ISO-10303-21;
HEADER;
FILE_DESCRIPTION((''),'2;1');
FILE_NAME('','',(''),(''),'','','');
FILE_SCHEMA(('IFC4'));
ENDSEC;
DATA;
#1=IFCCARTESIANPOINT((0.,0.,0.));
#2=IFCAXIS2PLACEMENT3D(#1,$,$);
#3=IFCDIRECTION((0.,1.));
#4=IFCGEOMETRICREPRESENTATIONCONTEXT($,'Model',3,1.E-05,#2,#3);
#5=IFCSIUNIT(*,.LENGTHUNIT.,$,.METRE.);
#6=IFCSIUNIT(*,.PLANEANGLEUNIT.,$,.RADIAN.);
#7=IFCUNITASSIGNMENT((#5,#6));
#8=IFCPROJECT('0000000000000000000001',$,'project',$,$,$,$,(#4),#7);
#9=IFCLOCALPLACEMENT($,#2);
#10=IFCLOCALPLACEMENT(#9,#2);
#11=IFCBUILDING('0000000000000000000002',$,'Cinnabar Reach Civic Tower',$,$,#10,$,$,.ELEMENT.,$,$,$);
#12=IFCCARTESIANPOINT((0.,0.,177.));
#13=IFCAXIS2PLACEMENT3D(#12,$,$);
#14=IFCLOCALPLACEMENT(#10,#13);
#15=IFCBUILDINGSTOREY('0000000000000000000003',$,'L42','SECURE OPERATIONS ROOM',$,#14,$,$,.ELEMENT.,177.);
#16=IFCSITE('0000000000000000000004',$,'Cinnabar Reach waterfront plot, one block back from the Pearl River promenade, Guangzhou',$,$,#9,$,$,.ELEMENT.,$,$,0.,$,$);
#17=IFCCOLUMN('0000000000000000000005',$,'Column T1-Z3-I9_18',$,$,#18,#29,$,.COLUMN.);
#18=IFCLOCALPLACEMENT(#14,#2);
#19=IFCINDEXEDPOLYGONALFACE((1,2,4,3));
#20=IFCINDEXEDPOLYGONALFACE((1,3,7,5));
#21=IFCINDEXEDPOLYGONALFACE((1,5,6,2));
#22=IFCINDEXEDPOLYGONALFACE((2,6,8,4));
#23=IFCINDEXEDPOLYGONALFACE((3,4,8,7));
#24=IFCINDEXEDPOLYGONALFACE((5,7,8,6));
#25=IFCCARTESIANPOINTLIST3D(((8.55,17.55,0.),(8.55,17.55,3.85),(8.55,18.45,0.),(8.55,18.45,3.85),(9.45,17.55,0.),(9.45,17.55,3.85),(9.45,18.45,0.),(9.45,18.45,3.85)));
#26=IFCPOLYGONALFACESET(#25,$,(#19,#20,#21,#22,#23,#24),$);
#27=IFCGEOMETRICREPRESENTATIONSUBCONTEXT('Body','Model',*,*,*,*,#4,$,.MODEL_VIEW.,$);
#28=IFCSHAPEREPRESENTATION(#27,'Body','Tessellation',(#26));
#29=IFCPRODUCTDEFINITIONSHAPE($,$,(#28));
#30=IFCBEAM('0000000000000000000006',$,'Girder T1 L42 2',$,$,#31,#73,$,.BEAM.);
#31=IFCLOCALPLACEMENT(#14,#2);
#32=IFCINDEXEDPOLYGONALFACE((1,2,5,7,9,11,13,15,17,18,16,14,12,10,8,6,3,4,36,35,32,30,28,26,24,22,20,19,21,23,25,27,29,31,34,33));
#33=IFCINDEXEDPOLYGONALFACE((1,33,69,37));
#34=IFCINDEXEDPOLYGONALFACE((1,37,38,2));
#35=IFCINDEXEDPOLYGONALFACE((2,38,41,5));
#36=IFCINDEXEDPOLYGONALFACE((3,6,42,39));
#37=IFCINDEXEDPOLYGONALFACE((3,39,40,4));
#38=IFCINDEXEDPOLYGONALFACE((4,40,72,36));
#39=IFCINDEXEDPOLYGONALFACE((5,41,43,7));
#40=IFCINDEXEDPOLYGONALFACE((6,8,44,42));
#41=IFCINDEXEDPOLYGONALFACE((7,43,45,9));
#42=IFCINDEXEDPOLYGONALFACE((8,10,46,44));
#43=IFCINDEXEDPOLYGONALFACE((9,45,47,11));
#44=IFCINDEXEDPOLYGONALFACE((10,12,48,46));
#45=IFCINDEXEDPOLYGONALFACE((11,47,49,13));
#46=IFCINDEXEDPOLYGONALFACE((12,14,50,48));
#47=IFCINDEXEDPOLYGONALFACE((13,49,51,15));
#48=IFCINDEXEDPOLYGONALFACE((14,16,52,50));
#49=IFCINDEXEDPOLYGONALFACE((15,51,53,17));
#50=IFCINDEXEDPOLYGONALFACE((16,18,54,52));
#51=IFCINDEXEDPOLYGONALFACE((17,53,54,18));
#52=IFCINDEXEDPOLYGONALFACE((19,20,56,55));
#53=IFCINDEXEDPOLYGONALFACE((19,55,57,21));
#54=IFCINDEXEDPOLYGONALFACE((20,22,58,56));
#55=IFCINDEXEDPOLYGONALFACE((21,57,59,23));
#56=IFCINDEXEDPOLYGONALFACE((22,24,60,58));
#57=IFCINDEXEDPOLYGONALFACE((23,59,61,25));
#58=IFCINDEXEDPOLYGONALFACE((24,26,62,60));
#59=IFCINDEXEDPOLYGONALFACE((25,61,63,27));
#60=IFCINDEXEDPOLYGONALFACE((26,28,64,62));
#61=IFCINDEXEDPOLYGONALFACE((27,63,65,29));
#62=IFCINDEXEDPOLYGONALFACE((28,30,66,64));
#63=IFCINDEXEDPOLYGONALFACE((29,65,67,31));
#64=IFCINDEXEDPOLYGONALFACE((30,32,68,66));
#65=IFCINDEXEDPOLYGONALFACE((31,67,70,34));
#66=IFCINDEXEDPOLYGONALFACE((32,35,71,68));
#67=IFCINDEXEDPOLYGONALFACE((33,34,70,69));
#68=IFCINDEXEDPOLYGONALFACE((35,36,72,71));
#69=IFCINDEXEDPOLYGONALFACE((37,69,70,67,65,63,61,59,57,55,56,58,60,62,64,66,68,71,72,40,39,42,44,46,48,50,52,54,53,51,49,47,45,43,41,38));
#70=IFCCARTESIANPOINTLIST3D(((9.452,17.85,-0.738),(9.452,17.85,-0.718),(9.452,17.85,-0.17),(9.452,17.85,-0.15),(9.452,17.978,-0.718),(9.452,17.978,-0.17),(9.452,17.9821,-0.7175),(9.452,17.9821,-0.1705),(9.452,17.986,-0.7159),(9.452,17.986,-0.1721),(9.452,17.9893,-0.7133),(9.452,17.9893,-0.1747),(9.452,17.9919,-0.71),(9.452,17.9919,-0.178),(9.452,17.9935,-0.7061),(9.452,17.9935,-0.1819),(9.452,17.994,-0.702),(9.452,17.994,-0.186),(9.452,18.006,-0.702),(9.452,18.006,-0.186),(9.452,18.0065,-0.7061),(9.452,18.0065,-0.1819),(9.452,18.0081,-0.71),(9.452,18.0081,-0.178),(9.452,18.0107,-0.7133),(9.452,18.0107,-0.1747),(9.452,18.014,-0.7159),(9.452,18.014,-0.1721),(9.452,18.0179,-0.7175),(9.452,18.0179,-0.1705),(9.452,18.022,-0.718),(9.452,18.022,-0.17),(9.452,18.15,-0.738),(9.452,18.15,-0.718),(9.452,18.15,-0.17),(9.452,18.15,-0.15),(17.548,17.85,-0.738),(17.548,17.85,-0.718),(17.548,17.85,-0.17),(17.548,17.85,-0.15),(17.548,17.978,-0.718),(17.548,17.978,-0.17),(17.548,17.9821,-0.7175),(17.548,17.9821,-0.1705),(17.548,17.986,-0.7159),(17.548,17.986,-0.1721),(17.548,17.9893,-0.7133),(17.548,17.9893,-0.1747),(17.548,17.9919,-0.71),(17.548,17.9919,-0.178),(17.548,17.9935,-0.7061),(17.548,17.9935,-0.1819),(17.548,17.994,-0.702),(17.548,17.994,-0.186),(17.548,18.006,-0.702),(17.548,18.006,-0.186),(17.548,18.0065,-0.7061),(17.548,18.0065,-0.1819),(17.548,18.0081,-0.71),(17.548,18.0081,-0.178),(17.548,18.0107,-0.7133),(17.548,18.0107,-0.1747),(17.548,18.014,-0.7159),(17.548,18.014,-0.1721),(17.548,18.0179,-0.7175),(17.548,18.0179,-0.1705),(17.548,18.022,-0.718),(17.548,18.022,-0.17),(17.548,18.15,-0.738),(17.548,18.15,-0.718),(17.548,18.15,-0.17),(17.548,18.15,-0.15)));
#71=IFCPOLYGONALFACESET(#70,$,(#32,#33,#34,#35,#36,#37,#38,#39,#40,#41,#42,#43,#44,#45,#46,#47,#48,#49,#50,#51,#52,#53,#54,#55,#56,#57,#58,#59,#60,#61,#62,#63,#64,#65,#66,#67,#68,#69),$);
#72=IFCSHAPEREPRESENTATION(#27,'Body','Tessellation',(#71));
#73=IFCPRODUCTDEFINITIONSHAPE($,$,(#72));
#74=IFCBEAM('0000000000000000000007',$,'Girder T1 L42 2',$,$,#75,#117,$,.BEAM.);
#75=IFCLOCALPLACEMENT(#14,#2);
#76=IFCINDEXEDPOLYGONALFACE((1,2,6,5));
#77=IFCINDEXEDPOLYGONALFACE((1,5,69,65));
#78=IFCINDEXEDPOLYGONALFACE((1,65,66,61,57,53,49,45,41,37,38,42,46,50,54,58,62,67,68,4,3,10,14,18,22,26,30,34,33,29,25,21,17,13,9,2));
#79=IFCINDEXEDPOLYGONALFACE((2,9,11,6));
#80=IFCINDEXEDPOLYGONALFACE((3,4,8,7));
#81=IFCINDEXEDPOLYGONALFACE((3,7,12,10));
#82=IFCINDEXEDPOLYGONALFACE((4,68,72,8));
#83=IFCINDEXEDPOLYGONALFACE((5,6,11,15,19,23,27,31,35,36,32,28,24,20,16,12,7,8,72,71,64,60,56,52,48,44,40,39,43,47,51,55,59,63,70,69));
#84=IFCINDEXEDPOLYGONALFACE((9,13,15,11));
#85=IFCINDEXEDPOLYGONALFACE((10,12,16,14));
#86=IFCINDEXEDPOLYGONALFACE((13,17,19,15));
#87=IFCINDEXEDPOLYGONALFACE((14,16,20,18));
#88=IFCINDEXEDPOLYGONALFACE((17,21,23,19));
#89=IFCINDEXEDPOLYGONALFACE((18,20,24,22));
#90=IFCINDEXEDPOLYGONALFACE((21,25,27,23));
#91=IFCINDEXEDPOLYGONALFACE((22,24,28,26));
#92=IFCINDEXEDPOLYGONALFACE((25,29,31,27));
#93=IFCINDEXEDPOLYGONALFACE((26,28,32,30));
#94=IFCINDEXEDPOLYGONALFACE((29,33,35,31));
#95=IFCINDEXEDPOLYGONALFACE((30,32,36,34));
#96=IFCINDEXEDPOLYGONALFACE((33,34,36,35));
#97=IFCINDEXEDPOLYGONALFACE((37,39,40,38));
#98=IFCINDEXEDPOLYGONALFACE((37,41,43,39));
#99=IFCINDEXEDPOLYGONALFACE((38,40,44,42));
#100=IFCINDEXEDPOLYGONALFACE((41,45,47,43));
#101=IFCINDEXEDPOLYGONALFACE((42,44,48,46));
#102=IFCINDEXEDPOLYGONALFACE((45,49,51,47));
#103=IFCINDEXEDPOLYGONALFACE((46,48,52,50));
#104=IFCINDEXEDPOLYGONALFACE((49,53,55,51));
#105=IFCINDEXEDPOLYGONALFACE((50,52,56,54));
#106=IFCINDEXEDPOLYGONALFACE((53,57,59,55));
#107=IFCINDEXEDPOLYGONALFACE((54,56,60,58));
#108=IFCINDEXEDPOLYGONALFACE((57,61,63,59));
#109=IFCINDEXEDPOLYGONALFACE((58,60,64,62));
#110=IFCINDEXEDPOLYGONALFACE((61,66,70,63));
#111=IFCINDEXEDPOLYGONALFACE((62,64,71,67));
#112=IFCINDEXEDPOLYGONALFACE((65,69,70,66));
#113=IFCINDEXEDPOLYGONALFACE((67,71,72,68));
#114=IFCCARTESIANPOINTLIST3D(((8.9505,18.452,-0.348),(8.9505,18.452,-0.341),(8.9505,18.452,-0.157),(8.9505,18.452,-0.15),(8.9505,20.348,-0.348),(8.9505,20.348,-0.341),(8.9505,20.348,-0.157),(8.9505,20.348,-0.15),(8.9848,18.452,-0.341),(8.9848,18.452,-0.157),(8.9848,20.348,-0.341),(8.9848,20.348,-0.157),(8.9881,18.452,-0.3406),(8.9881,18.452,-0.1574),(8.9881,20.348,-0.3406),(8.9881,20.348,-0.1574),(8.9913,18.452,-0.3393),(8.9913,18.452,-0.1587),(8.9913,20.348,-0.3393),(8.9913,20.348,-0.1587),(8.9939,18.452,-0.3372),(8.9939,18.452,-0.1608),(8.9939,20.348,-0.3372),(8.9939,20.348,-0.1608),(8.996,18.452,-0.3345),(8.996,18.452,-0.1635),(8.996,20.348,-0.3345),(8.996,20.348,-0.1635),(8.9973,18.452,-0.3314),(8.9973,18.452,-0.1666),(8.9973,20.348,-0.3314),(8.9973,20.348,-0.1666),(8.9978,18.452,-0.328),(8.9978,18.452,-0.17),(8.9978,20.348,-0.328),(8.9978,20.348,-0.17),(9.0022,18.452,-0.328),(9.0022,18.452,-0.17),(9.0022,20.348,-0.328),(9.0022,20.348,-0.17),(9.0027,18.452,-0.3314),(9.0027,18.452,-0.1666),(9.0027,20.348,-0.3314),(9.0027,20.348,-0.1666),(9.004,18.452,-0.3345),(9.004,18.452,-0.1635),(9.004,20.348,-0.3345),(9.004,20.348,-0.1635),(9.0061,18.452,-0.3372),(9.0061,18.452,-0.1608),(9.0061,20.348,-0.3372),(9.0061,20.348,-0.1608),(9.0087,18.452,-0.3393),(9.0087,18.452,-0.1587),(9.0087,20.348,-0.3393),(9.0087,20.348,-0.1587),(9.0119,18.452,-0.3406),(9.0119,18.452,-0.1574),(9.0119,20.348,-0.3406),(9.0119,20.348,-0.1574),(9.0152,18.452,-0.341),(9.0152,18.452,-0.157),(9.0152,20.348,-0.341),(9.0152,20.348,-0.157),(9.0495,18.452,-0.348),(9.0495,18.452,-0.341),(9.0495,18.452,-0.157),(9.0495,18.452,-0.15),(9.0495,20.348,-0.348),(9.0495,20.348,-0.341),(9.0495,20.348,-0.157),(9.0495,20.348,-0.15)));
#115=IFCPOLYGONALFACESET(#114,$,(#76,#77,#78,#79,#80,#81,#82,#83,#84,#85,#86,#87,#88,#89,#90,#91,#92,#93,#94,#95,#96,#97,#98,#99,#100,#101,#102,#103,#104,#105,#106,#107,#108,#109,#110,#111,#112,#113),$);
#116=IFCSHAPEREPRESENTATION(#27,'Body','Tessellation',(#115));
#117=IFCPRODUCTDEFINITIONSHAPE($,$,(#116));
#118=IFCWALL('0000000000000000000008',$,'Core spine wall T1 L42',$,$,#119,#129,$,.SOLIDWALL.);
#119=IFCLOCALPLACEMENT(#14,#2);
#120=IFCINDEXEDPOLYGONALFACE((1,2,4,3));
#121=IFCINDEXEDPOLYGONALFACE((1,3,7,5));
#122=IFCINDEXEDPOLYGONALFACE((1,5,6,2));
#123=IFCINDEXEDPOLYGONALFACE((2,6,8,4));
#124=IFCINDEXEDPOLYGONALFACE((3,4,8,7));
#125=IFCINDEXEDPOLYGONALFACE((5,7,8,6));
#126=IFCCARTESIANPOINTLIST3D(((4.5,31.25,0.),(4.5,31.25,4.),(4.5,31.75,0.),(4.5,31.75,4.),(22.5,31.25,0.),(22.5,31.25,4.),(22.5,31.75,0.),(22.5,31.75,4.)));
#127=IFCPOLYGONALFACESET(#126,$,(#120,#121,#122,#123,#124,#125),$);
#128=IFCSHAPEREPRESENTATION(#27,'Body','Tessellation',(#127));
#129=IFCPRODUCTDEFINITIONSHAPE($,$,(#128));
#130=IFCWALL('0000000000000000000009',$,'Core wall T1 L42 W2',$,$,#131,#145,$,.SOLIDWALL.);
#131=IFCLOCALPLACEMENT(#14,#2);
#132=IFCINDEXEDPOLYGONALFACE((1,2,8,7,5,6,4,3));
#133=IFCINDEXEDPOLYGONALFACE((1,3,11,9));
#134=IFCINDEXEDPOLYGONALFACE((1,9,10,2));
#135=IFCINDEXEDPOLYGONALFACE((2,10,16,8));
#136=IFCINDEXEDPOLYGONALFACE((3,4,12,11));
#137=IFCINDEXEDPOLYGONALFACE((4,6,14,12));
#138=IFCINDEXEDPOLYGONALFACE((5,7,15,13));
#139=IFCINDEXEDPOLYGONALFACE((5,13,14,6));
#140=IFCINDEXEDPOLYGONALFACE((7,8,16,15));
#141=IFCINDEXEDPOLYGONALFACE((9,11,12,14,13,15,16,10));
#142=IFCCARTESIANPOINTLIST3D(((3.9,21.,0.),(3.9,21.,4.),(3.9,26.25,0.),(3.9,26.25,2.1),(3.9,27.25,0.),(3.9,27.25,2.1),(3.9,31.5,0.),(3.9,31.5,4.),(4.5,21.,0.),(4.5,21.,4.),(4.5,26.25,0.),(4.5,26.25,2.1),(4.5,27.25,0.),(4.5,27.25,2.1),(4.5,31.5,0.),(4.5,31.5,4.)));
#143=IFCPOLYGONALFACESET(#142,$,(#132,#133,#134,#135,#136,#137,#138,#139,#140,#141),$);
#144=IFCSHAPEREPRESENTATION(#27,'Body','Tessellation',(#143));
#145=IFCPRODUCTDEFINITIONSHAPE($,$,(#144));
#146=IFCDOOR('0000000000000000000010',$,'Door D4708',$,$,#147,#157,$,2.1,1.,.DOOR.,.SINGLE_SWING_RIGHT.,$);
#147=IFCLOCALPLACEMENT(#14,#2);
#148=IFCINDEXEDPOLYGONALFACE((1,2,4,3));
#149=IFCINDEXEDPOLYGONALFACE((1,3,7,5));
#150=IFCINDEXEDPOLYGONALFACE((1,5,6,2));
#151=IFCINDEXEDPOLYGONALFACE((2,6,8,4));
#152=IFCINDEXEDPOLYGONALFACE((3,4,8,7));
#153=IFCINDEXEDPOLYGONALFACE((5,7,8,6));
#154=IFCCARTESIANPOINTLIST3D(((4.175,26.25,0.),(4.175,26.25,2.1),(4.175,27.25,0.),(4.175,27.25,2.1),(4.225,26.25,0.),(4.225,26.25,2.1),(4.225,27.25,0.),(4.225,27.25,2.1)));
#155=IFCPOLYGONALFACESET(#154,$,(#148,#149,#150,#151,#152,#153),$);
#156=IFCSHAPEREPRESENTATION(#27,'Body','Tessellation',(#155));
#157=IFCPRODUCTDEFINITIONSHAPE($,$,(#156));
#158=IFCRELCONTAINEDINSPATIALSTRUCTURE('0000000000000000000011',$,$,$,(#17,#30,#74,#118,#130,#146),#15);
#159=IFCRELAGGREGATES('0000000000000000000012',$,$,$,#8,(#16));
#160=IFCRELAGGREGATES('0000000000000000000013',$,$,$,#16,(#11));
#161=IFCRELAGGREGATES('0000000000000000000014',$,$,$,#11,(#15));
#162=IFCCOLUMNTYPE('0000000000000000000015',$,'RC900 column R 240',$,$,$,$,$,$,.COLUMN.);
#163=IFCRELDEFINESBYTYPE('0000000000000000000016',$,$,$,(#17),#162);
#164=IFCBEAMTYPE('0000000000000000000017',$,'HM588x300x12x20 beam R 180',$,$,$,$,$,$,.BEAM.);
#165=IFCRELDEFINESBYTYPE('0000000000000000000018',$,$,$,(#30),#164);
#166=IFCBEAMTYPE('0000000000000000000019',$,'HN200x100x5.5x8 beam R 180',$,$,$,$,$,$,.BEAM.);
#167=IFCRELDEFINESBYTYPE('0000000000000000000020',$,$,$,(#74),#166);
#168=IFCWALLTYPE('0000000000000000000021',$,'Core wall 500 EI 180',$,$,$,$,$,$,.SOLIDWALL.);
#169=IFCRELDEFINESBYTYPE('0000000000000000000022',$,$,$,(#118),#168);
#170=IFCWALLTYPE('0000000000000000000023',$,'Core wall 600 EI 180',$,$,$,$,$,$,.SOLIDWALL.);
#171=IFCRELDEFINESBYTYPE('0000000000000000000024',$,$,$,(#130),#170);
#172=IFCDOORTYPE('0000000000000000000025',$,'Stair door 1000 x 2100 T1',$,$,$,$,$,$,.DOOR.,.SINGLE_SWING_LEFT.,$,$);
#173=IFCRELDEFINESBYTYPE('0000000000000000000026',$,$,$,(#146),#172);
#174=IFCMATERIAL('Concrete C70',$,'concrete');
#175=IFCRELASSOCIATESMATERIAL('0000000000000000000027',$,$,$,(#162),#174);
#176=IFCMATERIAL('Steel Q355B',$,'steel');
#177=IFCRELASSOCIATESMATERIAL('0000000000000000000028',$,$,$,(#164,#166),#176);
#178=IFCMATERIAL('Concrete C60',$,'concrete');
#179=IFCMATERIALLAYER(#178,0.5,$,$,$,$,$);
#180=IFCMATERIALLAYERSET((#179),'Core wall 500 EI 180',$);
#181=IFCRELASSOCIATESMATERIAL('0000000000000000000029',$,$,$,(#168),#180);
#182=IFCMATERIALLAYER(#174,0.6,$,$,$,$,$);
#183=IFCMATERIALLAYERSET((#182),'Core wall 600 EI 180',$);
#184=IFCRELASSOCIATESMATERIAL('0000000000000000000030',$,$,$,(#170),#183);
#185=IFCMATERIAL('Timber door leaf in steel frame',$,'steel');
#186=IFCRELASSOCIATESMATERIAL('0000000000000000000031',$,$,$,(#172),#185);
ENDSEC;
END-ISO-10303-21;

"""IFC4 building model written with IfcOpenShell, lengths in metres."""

from ifc_helpers import new_model, si_unit, direction, frame, frame_2d, origin, origin_2d, place, context, subcontext, project, spatial, rectangle, i_section, extrude, material, layer, layer_set, material_profile, profile_set, type_object, element, fill, save


model = new_model("IFC4")

# Units and contexts
model_context = context("Model", 3, precision=1e-05, world=origin(), true_north=direction((0.0, 1.0)))
body_context = subcontext(model_context, "Body", "Model", "MODEL_VIEW")
ifc_project = project(units=[si_unit("LENGTHUNIT", "METRE"), si_unit("PLANEANGLEUNIT", "RADIAN")], contexts=[model_context])

# Site, building, storey
site_placement = place(None, origin())
site = spatial("IfcSite", under=ifc_project, at=site_placement, Name="Cinnabar Reach waterfront plot, one block back from the Pearl River promenade, Guangzhou", CompositionType="ELEMENT", RefElevation=0.0)
building_placement = place(site_placement, origin())
building = spatial("IfcBuilding", under=site, at=building_placement, Name="Cinnabar Reach Civic Tower", CompositionType="ELEMENT")
storey_placement = place(building_placement, frame((0.0, 0.0, 177.0)))
storey = spatial("IfcBuildingStorey", under=building, at=storey_placement, Name="L42", Description="SECURE OPERATIONS ROOM", CompositionType="ELEMENT", Elevation=177.0)

# Column
ifc_material_1 = material(Name="Concrete C70", Category="concrete")
ifc_material_profile_1 = material_profile(ifc_material_1, rectangle(XDim=0.9, YDim=0.9, at=origin_2d()), Name="RC900")
ifc_profile_set_1 = profile_set([ifc_material_profile_1], Name="Concrete C70")
column_type = type_object("IfcColumnType", Name="RC900 column R 240", PredefinedType="COLUMN", material=ifc_profile_set_1)
column_placement = place(storey_placement, frame((9.0, 18.0, 0.0), z_axis=(0.0, 0.0, 1.0), x_axis=(1.0, 0.0, 0.0)))
element("IfcColumn", 1, at=column_placement, inside=storey, type_object=column_type, Name="Column T1-Z3-I9_18", PredefinedType="COLUMN", context=body_context, shape_type="SweptSolid", body=[
    extrude(rectangle(XDim=0.9, YDim=0.9, at=origin_2d()), origin(), (0.0, 0.0, 1.0), 3.85),
])

# Beams
ifc_material_2 = material(Name="Steel Q355B", Category="steel")
ifc_material_profile_2 = material_profile(ifc_material_2, i_section(OverallWidth=0.3, OverallDepth=0.588, WebThickness=0.012, FlangeThickness=0.02, FilletRadius=0.016, at=origin_2d()), Name="HM588x300x12x20")
ifc_profile_set_2 = profile_set([ifc_material_profile_2], Name="Steel Q355B")
beam_type_1 = type_object("IfcBeamType", Name="HM588x300x12x20 beam R 180", PredefinedType="BEAM", material=ifc_profile_set_2)
beam_1_placement = place(storey_placement, frame((9.452, 18.0, -0.444), z_axis=(1.0, 0.0, 0.0), x_axis=(0.0, 1.0, 0.0)))
element("IfcBeam", 2, at=beam_1_placement, inside=storey, type_object=beam_type_1, Name="Girder T1 L42 2", PredefinedType="BEAM", context=body_context, shape_type="SweptSolid", body=[
    extrude(i_section(OverallWidth=0.3, OverallDepth=0.588, WebThickness=0.012, FlangeThickness=0.02, FilletRadius=0.016, at=origin_2d()), origin(), (0.0, 0.0, 1.0), 8.096),
])
ifc_material_profile_3 = material_profile(ifc_material_2, i_section(OverallWidth=0.099, OverallDepth=0.198, WebThickness=0.0045, FlangeThickness=0.007, FilletRadius=0.013, at=origin_2d()), Name="HN200x100x5.5x8")
ifc_profile_set_3 = profile_set([ifc_material_profile_3], Name="Steel Q355B")
beam_type_2 = type_object("IfcBeamType", Name="HN200x100x5.5x8 beam R 180", PredefinedType="BEAM", material=ifc_profile_set_3)
beam_2_placement = place(storey_placement, frame((9.0, 18.452, -0.249), z_axis=(0.0, 1.0, 0.0), x_axis=(-1.0, 0.0, 0.0)))
element("IfcBeam", 3, at=beam_2_placement, inside=storey, type_object=beam_type_2, Name="Girder T1 L42 2", PredefinedType="BEAM", context=body_context, shape_type="SweptSolid", body=[
    extrude(i_section(OverallWidth=0.099, OverallDepth=0.198, WebThickness=0.0045, FlangeThickness=0.007, FilletRadius=0.013, at=origin_2d()), origin(), (0.0, 0.0, 1.0), 1.896),
])

# Wall
ifc_material_3 = material(Name="Concrete C60", Category="concrete")
ifc_layer_1 = layer(ifc_material_3, 0.5)
ifc_layer_set_1 = layer_set([ifc_layer_1], Name="Core wall 500 EI 180")
wall_type_1 = type_object("IfcWallType", Name="Core wall 500 EI 180", PredefinedType="SOLIDWALL", material=ifc_layer_set_1)
wall_1_placement = place(storey_placement, frame((4.5, 31.5, 0.0), z_axis=(0.0, 0.0, 1.0), x_axis=(1.0, 0.0, 0.0)))
element("IfcWall", 4, at=wall_1_placement, inside=storey, type_object=wall_type_1, Name="Core spine wall T1 L42", PredefinedType="SOLIDWALL", context=body_context, shape_type="SweptSolid", body=[
    extrude(rectangle(XDim=18.0, YDim=0.5, at=frame_2d((9.0, 0.0))), origin(), (0.0, 0.0, 1.0), 4.0),
])

# Wall, opening, door
ifc_layer_2 = layer(ifc_material_1, 0.6)
ifc_layer_set_2 = layer_set([ifc_layer_2], Name="Core wall 600 EI 180")
wall_type_2 = type_object("IfcWallType", Name="Core wall 600 EI 180", PredefinedType="SOLIDWALL", material=ifc_layer_set_2)
wall_2_placement = place(storey_placement, frame((4.2, 31.5, 0.0), z_axis=(0.0, 0.0, 1.0), x_axis=(0.0, -1.0, 0.0)))
wall_2 = element("IfcWall", 5, at=wall_2_placement, inside=storey, type_object=wall_type_2, Name="Core wall T1 L42 W2", PredefinedType="SOLIDWALL", context=body_context, shape_type="SweptSolid", body=[
    extrude(rectangle(XDim=10.5, YDim=0.6, at=frame_2d((5.25, 0.0))), origin(), (0.0, 0.0, 1.0), 4.0),
])
opening_1_placement = place(wall_2_placement, frame((4.25, 0.0, 0.0)))
opening_1 = element("IfcOpeningElement", 6, at=opening_1_placement, cuts=wall_2, PredefinedType="OPENING", context=body_context, shape_type="SweptSolid", body=[
    extrude(rectangle(XDim=1.0, YDim=2.1, at=frame_2d((0.5, 1.05))), frame((0.0, 0.31, 0.0), z_axis=(0.0, -1.0, 0.0), x_axis=(1.0, 0.0, 0.0)), (0.0, 0.0, 1.0), 0.62),
])
ifc_material_4 = material(Name="Timber door leaf in steel frame", Category="steel")
door_type_1 = type_object("IfcDoorType", Name="Stair door 1000 x 2100 T1", OperationType="SINGLE_SWING_LEFT", PredefinedType="DOOR", material=ifc_material_4)
door_1_placement = place(opening_1_placement, frame((1.0, 0.0, 0.0), z_axis=(0.0, 0.0, 1.0), x_axis=(-1.0, 0.0, 0.0)))
door_1 = element("IfcDoor", 7, at=door_1_placement, inside=storey, type_object=door_type_1, Name="Door D4708", OperationType="SINGLE_SWING_RIGHT", OverallHeight=2.1, OverallWidth=1.0, PredefinedType="DOOR", context=body_context, shape_type="SweptSolid", body=[
    extrude(rectangle(XDim=1.0, YDim=2.1, at=frame_2d((0.5, 1.05))), frame((0.0, 0.025, 0.0), z_axis=(0.0, -1.0, 0.0), x_axis=(1.0, 0.0, 0.0)), (0.0, 0.0, 1.0), 0.05),
])
fill(opening_1, door_1)

save(model, "model.ifc")
